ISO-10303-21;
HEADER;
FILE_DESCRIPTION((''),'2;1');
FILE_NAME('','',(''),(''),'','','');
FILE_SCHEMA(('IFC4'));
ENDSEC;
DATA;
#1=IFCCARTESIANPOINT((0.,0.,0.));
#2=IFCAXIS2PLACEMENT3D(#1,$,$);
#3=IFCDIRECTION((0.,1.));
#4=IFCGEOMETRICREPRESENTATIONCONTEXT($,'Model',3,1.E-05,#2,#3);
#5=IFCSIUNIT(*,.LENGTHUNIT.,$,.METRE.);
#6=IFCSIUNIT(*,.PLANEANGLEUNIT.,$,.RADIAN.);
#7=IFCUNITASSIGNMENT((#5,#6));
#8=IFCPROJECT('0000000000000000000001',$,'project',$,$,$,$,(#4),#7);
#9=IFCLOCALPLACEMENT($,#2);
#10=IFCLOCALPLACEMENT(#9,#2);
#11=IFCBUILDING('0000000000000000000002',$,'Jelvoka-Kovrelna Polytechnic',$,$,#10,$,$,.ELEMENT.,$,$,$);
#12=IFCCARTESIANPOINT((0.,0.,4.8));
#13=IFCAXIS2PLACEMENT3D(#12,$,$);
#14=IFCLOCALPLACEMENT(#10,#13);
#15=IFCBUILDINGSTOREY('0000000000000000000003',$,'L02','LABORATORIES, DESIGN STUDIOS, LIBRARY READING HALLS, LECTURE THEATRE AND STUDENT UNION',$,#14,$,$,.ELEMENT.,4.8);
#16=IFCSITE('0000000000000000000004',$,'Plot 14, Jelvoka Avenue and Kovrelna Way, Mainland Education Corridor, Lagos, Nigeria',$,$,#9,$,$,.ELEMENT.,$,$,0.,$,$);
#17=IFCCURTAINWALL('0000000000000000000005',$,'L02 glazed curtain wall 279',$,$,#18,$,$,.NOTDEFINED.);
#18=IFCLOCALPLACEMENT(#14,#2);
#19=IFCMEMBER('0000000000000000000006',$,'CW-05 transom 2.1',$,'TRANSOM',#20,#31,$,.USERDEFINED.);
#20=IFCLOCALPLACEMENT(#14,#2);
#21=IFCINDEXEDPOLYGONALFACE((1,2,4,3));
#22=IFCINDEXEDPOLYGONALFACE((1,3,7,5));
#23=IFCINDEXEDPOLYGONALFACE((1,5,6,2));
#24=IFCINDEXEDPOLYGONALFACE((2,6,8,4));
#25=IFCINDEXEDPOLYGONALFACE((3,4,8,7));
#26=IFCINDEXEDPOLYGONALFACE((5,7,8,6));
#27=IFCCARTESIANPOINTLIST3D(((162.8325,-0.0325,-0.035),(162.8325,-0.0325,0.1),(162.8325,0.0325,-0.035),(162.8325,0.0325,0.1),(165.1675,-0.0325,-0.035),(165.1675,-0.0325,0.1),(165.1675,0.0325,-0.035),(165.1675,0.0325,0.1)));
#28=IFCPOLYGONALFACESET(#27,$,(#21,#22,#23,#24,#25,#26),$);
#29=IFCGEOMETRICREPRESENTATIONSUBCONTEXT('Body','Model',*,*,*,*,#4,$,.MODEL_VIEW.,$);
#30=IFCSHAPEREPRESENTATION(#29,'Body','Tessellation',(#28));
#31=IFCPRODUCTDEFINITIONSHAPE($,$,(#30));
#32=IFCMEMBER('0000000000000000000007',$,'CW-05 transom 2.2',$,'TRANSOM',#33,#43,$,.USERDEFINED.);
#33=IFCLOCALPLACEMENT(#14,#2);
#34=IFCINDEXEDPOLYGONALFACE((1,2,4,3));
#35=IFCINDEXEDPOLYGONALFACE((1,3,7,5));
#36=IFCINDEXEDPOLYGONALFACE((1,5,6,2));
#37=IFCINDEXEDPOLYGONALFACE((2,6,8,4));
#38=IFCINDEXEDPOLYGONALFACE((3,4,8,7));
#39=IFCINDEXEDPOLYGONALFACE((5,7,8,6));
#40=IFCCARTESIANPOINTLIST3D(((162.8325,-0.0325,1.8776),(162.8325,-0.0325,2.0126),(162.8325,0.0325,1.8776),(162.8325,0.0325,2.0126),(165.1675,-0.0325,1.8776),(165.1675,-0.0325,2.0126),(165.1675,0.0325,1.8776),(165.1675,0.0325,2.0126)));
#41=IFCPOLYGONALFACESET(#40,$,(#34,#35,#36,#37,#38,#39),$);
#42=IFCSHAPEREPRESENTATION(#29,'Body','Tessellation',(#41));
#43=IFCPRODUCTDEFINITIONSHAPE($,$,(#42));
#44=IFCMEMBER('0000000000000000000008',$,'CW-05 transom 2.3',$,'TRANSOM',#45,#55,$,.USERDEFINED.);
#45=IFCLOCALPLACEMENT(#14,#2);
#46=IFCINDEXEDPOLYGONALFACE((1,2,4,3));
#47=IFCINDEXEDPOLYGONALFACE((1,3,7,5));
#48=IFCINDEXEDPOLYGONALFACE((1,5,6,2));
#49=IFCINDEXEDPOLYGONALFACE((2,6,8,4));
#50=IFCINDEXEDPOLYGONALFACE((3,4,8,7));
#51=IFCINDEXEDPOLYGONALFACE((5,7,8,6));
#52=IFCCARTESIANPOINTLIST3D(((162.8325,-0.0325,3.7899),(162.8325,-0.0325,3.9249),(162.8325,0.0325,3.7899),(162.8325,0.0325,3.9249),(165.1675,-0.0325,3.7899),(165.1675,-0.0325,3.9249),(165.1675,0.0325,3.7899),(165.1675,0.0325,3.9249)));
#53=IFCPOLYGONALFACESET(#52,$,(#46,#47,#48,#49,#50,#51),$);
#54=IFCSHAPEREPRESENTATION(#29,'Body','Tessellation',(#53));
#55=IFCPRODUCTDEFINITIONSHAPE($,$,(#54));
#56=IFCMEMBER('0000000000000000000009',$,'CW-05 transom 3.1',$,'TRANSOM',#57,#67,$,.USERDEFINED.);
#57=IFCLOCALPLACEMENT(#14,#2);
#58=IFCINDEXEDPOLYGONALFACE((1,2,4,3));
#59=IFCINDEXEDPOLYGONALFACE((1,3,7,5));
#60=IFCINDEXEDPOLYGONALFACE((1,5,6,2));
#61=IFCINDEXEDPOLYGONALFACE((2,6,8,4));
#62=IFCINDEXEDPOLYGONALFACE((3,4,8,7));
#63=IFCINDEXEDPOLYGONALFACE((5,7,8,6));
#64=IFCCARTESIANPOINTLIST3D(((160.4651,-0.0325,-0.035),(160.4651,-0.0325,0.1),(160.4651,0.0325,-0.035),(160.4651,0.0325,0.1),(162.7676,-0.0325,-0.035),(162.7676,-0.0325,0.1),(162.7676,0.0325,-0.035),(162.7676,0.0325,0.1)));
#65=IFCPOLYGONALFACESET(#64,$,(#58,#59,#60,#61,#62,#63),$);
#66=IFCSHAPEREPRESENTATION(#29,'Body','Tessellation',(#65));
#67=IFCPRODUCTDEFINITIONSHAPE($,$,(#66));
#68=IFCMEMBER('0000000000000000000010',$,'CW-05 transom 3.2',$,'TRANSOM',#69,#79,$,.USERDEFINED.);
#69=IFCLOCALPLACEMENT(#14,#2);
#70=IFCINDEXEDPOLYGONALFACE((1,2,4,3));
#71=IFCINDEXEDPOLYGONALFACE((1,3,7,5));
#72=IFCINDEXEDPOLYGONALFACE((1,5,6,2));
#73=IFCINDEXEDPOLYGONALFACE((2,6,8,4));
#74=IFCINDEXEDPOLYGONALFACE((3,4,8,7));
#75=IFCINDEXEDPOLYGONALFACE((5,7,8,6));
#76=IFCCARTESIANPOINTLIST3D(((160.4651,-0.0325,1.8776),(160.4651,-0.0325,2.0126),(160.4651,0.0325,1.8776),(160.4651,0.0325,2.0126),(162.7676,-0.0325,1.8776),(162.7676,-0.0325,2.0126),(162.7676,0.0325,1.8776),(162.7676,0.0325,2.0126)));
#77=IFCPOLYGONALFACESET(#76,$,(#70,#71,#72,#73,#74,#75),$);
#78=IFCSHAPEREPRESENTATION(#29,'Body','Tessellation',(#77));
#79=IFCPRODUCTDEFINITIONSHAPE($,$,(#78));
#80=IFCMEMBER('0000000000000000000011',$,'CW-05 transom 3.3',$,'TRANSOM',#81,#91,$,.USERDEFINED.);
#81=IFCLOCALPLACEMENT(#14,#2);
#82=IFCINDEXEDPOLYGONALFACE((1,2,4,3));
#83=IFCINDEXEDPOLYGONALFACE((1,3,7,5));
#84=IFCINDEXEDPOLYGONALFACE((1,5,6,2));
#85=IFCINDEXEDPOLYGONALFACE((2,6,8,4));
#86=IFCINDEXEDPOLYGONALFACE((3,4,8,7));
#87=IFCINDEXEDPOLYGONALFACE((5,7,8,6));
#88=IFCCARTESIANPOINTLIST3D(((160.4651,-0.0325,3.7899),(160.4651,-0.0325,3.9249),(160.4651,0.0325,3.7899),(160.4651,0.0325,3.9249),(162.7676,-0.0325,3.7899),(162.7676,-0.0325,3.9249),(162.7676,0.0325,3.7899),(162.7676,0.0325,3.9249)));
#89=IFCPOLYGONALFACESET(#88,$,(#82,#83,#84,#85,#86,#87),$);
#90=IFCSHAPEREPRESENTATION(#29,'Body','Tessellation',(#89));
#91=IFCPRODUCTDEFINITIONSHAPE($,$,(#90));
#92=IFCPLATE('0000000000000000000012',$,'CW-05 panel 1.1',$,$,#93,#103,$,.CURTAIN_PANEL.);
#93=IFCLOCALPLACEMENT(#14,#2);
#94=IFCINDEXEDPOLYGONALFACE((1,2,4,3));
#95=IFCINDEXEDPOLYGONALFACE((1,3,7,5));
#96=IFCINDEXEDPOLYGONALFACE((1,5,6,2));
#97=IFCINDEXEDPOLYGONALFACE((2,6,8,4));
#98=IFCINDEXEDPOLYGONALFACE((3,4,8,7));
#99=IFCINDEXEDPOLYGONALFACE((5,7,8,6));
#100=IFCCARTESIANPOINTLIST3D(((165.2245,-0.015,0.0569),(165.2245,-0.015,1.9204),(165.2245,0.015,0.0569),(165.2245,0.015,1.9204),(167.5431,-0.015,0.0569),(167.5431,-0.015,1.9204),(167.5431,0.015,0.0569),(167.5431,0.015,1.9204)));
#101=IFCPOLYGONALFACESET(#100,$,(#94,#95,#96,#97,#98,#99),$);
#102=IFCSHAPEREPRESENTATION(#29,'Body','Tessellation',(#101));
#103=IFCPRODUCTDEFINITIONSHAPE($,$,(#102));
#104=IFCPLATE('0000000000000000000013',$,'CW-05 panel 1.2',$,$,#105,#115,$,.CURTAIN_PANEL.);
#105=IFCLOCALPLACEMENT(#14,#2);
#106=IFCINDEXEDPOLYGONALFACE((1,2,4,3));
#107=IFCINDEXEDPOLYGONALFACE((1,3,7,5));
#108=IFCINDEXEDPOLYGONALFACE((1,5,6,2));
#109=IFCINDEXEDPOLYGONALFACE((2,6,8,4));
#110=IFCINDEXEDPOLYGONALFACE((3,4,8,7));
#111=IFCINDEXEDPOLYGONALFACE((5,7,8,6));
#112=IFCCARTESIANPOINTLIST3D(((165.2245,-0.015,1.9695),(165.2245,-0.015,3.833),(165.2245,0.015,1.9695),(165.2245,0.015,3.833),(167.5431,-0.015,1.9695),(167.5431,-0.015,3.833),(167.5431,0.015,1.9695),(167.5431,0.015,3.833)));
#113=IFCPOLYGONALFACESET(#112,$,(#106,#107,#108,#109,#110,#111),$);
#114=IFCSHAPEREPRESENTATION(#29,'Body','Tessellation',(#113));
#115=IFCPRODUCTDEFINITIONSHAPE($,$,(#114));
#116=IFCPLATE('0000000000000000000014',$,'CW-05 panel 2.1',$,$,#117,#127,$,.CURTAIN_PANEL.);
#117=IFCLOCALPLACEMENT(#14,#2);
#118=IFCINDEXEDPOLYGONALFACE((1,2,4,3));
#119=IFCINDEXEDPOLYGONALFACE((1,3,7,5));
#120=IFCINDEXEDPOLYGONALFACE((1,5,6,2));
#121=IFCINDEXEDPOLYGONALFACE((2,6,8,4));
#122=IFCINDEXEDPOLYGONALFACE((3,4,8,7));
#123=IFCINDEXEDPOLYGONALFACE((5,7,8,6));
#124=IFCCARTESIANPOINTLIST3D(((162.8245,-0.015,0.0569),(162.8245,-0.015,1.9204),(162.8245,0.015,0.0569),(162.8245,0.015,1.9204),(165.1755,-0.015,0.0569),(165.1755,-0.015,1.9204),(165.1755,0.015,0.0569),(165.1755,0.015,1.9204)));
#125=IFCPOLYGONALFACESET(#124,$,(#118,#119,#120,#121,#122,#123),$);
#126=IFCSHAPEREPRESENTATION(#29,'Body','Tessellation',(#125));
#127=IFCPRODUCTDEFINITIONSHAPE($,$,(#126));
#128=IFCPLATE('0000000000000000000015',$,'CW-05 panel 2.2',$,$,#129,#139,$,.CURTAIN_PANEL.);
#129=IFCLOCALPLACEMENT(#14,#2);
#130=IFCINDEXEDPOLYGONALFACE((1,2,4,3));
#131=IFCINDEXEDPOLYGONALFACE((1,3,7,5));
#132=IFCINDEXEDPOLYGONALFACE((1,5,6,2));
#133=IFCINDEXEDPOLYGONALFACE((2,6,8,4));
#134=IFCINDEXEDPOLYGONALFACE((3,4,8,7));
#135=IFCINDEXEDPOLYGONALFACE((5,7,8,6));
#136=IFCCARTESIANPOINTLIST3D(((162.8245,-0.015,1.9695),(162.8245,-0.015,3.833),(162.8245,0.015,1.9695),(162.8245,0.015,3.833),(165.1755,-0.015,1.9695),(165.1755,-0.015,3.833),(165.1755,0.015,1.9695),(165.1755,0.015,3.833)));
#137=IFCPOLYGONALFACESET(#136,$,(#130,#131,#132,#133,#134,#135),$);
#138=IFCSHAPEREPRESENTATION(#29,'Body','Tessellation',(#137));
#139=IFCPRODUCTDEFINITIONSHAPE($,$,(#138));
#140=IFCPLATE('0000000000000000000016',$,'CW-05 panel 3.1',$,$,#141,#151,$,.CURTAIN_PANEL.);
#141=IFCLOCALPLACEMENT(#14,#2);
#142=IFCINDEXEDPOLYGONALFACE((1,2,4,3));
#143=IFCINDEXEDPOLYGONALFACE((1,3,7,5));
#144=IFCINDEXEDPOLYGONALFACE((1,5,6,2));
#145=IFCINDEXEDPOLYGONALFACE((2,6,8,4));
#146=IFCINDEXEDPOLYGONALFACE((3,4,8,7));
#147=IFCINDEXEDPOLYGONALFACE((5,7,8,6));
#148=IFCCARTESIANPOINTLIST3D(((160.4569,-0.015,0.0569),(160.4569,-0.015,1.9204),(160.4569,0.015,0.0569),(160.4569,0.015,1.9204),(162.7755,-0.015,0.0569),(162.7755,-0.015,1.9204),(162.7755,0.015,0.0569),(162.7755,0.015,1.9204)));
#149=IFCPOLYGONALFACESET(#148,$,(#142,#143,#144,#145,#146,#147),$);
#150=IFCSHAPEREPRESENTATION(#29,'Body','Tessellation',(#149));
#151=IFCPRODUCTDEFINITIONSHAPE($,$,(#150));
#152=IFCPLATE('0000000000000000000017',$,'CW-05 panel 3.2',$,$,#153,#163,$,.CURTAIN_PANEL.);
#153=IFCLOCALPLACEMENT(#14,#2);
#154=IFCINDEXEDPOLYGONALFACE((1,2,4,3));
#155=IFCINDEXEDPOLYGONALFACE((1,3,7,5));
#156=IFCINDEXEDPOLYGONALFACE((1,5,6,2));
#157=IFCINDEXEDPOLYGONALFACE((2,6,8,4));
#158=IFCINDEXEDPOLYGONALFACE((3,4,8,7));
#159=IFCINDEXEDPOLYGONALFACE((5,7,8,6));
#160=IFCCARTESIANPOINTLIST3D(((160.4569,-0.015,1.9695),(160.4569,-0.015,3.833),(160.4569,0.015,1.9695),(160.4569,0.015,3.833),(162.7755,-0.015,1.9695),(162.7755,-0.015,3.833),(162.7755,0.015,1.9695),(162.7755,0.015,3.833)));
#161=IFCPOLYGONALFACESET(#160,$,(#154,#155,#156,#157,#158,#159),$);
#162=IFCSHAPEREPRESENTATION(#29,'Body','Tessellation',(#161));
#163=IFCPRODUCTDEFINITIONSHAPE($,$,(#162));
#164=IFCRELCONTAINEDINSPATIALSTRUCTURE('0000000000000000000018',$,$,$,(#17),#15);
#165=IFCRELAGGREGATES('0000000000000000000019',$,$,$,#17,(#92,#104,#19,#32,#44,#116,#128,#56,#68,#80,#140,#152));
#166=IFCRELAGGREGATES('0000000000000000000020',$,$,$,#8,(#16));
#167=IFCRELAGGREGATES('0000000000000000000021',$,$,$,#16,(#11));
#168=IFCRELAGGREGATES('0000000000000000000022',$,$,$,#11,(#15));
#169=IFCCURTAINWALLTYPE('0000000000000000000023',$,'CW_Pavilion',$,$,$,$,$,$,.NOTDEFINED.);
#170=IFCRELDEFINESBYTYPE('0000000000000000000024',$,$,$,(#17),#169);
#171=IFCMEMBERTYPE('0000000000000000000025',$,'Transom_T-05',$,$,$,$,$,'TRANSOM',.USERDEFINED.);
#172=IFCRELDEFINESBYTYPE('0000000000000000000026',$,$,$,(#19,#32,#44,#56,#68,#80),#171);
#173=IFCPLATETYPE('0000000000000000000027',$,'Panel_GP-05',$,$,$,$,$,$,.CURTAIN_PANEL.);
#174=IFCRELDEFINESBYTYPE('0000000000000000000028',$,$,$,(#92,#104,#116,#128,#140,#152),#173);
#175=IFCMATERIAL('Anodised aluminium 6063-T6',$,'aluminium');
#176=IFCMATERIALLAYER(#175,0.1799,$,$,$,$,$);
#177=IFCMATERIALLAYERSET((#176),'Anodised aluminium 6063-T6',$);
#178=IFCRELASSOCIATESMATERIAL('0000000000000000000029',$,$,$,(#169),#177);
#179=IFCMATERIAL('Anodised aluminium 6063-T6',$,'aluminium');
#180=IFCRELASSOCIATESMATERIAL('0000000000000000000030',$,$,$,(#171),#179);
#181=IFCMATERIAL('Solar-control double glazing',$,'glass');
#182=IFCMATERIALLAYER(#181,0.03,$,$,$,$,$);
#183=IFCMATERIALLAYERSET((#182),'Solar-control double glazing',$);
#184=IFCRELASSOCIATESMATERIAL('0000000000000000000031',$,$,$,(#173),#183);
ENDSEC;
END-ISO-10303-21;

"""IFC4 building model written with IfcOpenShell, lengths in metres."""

from ifc_helpers import new_model, si_unit, direction, frame, origin, origin_2d, place, context, subcontext, project, spatial, rectangle, extrude, material, layer, layer_set, material_profile, profile_set, type_object, element, aggregate, save


model = new_model("IFC4")

# Units and contexts
model_context = context("Model", 3, precision=1e-05, world=origin(), true_north=direction((0.0, 1.0)))
body_context = subcontext(model_context, "Body", "Model", "MODEL_VIEW")
ifc_project = project(units=[si_unit("LENGTHUNIT", "METRE"), si_unit("PLANEANGLEUNIT", "RADIAN")], contexts=[model_context])

# Site, building, storey
site_placement = place(None, origin())
site = spatial("IfcSite", under=ifc_project, at=site_placement, Name="Plot 14, Jelvoka Avenue and Kovrelna Way, Mainland Education Corridor, Lagos, Nigeria", CompositionType="ELEMENT", RefElevation=0.0)
building_placement = place(site_placement, origin())
building = spatial("IfcBuilding", under=site, at=building_placement, Name="Jelvoka-Kovrelna Polytechnic", CompositionType="ELEMENT")
storey_placement = place(building_placement, frame((0.0, 0.0, 4.8)))
storey = spatial("IfcBuildingStorey", under=building, at=storey_placement, Name="L02", Description="LABORATORIES, DESIGN STUDIOS, LIBRARY READING HALLS, LECTURE THEATRE AND STUDENT UNION", CompositionType="ELEMENT", Elevation=4.8)

# Curtain wall
ifc_material_1 = material(Name="Anodised aluminium 6063-T6", Category="aluminium")
ifc_layer_1 = layer(ifc_material_1, 0.1799)
ifc_layer_set_1 = layer_set([ifc_layer_1], Name="Anodised aluminium 6063-T6")
curtain_wall_type = type_object("IfcCurtainWallType", Name="CW_Pavilion", PredefinedType="NOTDEFINED", material=ifc_layer_set_1)
curtain_wall_placement = place(storey_placement, origin())
curtain_wall = element("IfcCurtainWall", 1, at=curtain_wall_placement, inside=storey, type_object=curtain_wall_type, Name="L02 glazed curtain wall 279", PredefinedType="NOTDEFINED")

# Members
ifc_material_2 = material(Name="Anodised aluminium 6063-T6", Category="aluminium")
ifc_material_profile_1 = material_profile(ifc_material_2, rectangle(XDim=0.0649, YDim=0.135, at=origin_2d()), Name="ALU 65x135")
ifc_profile_set_1 = profile_set([ifc_material_profile_1], Name="Anodised aluminium 6063-T6")
member_type_1 = type_object("IfcMemberType", Name="Transom_T-05", ElementType="TRANSOM", PredefinedType="USERDEFINED", material=ifc_profile_set_1)
member_1_placement = place(storey_placement, frame((165.1675, 0.0, 0.0325), z_axis=(-1.0, 0.0, 0.0), x_axis=(0.0, -1.0, 0.0)))
member_1 = element("IfcMember", 2, at=member_1_placement, type_object=member_type_1, Name="CW-05 transom 2.1", ObjectType="TRANSOM", PredefinedType="USERDEFINED", context=body_context, shape_type="SweptSolid", body=[
    extrude(rectangle(XDim=0.0649, YDim=0.135, at=origin_2d()), origin(), (0.0, 0.0, 1.0), 2.335),
])
member_2_placement = place(storey_placement, frame((165.1675, 0.0, 1.9451), z_axis=(-1.0, 0.0, 0.0), x_axis=(0.0, -1.0, 0.0)))
member_2 = element("IfcMember", 3, at=member_2_placement, type_object=member_type_1, Name="CW-05 transom 2.2", ObjectType="TRANSOM", PredefinedType="USERDEFINED", context=body_context, shape_type="SweptSolid", body=[
    extrude(rectangle(XDim=0.0649, YDim=0.135, at=origin_2d()), origin(), (0.0, 0.0, 1.0), 2.335),
])
member_3_placement = place(storey_placement, frame((165.1675, 0.0, 3.8574), z_axis=(-1.0, 0.0, 0.0), x_axis=(0.0, -1.0, 0.0)))
member_3 = element("IfcMember", 4, at=member_3_placement, type_object=member_type_1, Name="CW-05 transom 2.3", ObjectType="TRANSOM", PredefinedType="USERDEFINED", context=body_context, shape_type="SweptSolid", body=[
    extrude(rectangle(XDim=0.0649, YDim=0.135, at=origin_2d()), origin(), (0.0, 0.0, 1.0), 2.335),
])
member_4_placement = place(storey_placement, frame((162.7676, 0.0, 0.0325), z_axis=(-1.0, 0.0, 0.0), x_axis=(0.0, -1.0, 0.0)))
member_4 = element("IfcMember", 5, at=member_4_placement, type_object=member_type_1, Name="CW-05 transom 3.1", ObjectType="TRANSOM", PredefinedType="USERDEFINED", context=body_context, shape_type="SweptSolid", body=[
    extrude(rectangle(XDim=0.0649, YDim=0.135, at=origin_2d()), origin(), (0.0, 0.0, 1.0), 2.3025),
])
member_5_placement = place(storey_placement, frame((162.7676, 0.0, 1.9451), z_axis=(-1.0, 0.0, 0.0), x_axis=(0.0, -1.0, 0.0)))
member_5 = element("IfcMember", 6, at=member_5_placement, type_object=member_type_1, Name="CW-05 transom 3.2", ObjectType="TRANSOM", PredefinedType="USERDEFINED", context=body_context, shape_type="SweptSolid", body=[
    extrude(rectangle(XDim=0.0649, YDim=0.135, at=origin_2d()), origin(), (0.0, 0.0, 1.0), 2.3025),
])
member_6_placement = place(storey_placement, frame((162.7676, 0.0, 3.8574), z_axis=(-1.0, 0.0, 0.0), x_axis=(0.0, -1.0, 0.0)))
member_6 = element("IfcMember", 7, at=member_6_placement, type_object=member_type_1, Name="CW-05 transom 3.3", ObjectType="TRANSOM", PredefinedType="USERDEFINED", context=body_context, shape_type="SweptSolid", body=[
    extrude(rectangle(XDim=0.0649, YDim=0.135, at=origin_2d()), origin(), (0.0, 0.0, 1.0), 2.3025),
])

# Plates
ifc_material_3 = material(Name="Solar-control double glazing", Category="glass")
ifc_layer_2 = layer(ifc_material_3, 0.03)
ifc_layer_set_2 = layer_set([ifc_layer_2], Name="Solar-control double glazing")
plate_type = type_object("IfcPlateType", Name="Panel_GP-05", PredefinedType="CURTAIN_PANEL", material=ifc_layer_set_2)
plate_1_placement = place(storey_placement, frame((166.3838, 0.0, 0.0569), z_axis=(0.0, 0.0, 1.0), x_axis=(-1.0, 0.0, 0.0)))
plate_1 = element("IfcPlate", 8, at=plate_1_placement, type_object=plate_type, Name="CW-05 panel 1.1", PredefinedType="CURTAIN_PANEL", context=body_context, shape_type="SweptSolid", body=[
    extrude(rectangle(XDim=2.3186, YDim=0.03, at=origin_2d()), origin(), (0.0, 0.0, 1.0), 1.8635),
])
plate_2_placement = place(storey_placement, frame((166.3838, 0.0, 1.9695), z_axis=(0.0, 0.0, 1.0), x_axis=(-1.0, 0.0, 0.0)))
plate_2 = element("IfcPlate", 9, at=plate_2_placement, type_object=plate_type, Name="CW-05 panel 1.2", PredefinedType="CURTAIN_PANEL", context=body_context, shape_type="SweptSolid", body=[
    extrude(rectangle(XDim=2.3186, YDim=0.03, at=origin_2d()), origin(), (0.0, 0.0, 1.0), 1.8635),
])
plate_3_placement = place(storey_placement, frame((164.0, 0.0, 0.0569), z_axis=(0.0, 0.0, 1.0), x_axis=(-1.0, 0.0, 0.0)))
plate_3 = element("IfcPlate", 10, at=plate_3_placement, type_object=plate_type, Name="CW-05 panel 2.1", PredefinedType="CURTAIN_PANEL", context=body_context, shape_type="SweptSolid", body=[
    extrude(rectangle(XDim=2.3511, YDim=0.03, at=origin_2d()), origin(), (0.0, 0.0, 1.0), 1.8635),
])
plate_4_placement = place(storey_placement, frame((164.0, 0.0, 1.9695), z_axis=(0.0, 0.0, 1.0), x_axis=(-1.0, 0.0, 0.0)))
plate_4 = element("IfcPlate", 11, at=plate_4_placement, type_object=plate_type, Name="CW-05 panel 2.2", PredefinedType="CURTAIN_PANEL", context=body_context, shape_type="SweptSolid", body=[
    extrude(rectangle(XDim=2.3511, YDim=0.03, at=origin_2d()), origin(), (0.0, 0.0, 1.0), 1.8635),
])
plate_5_placement = place(storey_placement, frame((161.6162, 0.0, 0.0569), z_axis=(0.0, 0.0, 1.0), x_axis=(-1.0, 0.0, 0.0)))
plate_5 = element("IfcPlate", 12, at=plate_5_placement, type_object=plate_type, Name="CW-05 panel 3.1", PredefinedType="CURTAIN_PANEL", context=body_context, shape_type="SweptSolid", body=[
    extrude(rectangle(XDim=2.3186, YDim=0.03, at=origin_2d()), origin(), (0.0, 0.0, 1.0), 1.8635),
])
plate_6_placement = place(storey_placement, frame((161.6162, 0.0, 1.9695), z_axis=(0.0, 0.0, 1.0), x_axis=(-1.0, 0.0, 0.0)))
plate_6 = element("IfcPlate", 13, at=plate_6_placement, type_object=plate_type, Name="CW-05 panel 3.2", PredefinedType="CURTAIN_PANEL", context=body_context, shape_type="SweptSolid", body=[
    extrude(rectangle(XDim=2.3186, YDim=0.03, at=origin_2d()), origin(), (0.0, 0.0, 1.0), 1.8635),
])
aggregate(curtain_wall, [plate_1, plate_2, member_1, member_2, member_3, plate_3, plate_4, member_4, member_5, member_6, plate_5, plate_6])

save(model, "model.ifc")
